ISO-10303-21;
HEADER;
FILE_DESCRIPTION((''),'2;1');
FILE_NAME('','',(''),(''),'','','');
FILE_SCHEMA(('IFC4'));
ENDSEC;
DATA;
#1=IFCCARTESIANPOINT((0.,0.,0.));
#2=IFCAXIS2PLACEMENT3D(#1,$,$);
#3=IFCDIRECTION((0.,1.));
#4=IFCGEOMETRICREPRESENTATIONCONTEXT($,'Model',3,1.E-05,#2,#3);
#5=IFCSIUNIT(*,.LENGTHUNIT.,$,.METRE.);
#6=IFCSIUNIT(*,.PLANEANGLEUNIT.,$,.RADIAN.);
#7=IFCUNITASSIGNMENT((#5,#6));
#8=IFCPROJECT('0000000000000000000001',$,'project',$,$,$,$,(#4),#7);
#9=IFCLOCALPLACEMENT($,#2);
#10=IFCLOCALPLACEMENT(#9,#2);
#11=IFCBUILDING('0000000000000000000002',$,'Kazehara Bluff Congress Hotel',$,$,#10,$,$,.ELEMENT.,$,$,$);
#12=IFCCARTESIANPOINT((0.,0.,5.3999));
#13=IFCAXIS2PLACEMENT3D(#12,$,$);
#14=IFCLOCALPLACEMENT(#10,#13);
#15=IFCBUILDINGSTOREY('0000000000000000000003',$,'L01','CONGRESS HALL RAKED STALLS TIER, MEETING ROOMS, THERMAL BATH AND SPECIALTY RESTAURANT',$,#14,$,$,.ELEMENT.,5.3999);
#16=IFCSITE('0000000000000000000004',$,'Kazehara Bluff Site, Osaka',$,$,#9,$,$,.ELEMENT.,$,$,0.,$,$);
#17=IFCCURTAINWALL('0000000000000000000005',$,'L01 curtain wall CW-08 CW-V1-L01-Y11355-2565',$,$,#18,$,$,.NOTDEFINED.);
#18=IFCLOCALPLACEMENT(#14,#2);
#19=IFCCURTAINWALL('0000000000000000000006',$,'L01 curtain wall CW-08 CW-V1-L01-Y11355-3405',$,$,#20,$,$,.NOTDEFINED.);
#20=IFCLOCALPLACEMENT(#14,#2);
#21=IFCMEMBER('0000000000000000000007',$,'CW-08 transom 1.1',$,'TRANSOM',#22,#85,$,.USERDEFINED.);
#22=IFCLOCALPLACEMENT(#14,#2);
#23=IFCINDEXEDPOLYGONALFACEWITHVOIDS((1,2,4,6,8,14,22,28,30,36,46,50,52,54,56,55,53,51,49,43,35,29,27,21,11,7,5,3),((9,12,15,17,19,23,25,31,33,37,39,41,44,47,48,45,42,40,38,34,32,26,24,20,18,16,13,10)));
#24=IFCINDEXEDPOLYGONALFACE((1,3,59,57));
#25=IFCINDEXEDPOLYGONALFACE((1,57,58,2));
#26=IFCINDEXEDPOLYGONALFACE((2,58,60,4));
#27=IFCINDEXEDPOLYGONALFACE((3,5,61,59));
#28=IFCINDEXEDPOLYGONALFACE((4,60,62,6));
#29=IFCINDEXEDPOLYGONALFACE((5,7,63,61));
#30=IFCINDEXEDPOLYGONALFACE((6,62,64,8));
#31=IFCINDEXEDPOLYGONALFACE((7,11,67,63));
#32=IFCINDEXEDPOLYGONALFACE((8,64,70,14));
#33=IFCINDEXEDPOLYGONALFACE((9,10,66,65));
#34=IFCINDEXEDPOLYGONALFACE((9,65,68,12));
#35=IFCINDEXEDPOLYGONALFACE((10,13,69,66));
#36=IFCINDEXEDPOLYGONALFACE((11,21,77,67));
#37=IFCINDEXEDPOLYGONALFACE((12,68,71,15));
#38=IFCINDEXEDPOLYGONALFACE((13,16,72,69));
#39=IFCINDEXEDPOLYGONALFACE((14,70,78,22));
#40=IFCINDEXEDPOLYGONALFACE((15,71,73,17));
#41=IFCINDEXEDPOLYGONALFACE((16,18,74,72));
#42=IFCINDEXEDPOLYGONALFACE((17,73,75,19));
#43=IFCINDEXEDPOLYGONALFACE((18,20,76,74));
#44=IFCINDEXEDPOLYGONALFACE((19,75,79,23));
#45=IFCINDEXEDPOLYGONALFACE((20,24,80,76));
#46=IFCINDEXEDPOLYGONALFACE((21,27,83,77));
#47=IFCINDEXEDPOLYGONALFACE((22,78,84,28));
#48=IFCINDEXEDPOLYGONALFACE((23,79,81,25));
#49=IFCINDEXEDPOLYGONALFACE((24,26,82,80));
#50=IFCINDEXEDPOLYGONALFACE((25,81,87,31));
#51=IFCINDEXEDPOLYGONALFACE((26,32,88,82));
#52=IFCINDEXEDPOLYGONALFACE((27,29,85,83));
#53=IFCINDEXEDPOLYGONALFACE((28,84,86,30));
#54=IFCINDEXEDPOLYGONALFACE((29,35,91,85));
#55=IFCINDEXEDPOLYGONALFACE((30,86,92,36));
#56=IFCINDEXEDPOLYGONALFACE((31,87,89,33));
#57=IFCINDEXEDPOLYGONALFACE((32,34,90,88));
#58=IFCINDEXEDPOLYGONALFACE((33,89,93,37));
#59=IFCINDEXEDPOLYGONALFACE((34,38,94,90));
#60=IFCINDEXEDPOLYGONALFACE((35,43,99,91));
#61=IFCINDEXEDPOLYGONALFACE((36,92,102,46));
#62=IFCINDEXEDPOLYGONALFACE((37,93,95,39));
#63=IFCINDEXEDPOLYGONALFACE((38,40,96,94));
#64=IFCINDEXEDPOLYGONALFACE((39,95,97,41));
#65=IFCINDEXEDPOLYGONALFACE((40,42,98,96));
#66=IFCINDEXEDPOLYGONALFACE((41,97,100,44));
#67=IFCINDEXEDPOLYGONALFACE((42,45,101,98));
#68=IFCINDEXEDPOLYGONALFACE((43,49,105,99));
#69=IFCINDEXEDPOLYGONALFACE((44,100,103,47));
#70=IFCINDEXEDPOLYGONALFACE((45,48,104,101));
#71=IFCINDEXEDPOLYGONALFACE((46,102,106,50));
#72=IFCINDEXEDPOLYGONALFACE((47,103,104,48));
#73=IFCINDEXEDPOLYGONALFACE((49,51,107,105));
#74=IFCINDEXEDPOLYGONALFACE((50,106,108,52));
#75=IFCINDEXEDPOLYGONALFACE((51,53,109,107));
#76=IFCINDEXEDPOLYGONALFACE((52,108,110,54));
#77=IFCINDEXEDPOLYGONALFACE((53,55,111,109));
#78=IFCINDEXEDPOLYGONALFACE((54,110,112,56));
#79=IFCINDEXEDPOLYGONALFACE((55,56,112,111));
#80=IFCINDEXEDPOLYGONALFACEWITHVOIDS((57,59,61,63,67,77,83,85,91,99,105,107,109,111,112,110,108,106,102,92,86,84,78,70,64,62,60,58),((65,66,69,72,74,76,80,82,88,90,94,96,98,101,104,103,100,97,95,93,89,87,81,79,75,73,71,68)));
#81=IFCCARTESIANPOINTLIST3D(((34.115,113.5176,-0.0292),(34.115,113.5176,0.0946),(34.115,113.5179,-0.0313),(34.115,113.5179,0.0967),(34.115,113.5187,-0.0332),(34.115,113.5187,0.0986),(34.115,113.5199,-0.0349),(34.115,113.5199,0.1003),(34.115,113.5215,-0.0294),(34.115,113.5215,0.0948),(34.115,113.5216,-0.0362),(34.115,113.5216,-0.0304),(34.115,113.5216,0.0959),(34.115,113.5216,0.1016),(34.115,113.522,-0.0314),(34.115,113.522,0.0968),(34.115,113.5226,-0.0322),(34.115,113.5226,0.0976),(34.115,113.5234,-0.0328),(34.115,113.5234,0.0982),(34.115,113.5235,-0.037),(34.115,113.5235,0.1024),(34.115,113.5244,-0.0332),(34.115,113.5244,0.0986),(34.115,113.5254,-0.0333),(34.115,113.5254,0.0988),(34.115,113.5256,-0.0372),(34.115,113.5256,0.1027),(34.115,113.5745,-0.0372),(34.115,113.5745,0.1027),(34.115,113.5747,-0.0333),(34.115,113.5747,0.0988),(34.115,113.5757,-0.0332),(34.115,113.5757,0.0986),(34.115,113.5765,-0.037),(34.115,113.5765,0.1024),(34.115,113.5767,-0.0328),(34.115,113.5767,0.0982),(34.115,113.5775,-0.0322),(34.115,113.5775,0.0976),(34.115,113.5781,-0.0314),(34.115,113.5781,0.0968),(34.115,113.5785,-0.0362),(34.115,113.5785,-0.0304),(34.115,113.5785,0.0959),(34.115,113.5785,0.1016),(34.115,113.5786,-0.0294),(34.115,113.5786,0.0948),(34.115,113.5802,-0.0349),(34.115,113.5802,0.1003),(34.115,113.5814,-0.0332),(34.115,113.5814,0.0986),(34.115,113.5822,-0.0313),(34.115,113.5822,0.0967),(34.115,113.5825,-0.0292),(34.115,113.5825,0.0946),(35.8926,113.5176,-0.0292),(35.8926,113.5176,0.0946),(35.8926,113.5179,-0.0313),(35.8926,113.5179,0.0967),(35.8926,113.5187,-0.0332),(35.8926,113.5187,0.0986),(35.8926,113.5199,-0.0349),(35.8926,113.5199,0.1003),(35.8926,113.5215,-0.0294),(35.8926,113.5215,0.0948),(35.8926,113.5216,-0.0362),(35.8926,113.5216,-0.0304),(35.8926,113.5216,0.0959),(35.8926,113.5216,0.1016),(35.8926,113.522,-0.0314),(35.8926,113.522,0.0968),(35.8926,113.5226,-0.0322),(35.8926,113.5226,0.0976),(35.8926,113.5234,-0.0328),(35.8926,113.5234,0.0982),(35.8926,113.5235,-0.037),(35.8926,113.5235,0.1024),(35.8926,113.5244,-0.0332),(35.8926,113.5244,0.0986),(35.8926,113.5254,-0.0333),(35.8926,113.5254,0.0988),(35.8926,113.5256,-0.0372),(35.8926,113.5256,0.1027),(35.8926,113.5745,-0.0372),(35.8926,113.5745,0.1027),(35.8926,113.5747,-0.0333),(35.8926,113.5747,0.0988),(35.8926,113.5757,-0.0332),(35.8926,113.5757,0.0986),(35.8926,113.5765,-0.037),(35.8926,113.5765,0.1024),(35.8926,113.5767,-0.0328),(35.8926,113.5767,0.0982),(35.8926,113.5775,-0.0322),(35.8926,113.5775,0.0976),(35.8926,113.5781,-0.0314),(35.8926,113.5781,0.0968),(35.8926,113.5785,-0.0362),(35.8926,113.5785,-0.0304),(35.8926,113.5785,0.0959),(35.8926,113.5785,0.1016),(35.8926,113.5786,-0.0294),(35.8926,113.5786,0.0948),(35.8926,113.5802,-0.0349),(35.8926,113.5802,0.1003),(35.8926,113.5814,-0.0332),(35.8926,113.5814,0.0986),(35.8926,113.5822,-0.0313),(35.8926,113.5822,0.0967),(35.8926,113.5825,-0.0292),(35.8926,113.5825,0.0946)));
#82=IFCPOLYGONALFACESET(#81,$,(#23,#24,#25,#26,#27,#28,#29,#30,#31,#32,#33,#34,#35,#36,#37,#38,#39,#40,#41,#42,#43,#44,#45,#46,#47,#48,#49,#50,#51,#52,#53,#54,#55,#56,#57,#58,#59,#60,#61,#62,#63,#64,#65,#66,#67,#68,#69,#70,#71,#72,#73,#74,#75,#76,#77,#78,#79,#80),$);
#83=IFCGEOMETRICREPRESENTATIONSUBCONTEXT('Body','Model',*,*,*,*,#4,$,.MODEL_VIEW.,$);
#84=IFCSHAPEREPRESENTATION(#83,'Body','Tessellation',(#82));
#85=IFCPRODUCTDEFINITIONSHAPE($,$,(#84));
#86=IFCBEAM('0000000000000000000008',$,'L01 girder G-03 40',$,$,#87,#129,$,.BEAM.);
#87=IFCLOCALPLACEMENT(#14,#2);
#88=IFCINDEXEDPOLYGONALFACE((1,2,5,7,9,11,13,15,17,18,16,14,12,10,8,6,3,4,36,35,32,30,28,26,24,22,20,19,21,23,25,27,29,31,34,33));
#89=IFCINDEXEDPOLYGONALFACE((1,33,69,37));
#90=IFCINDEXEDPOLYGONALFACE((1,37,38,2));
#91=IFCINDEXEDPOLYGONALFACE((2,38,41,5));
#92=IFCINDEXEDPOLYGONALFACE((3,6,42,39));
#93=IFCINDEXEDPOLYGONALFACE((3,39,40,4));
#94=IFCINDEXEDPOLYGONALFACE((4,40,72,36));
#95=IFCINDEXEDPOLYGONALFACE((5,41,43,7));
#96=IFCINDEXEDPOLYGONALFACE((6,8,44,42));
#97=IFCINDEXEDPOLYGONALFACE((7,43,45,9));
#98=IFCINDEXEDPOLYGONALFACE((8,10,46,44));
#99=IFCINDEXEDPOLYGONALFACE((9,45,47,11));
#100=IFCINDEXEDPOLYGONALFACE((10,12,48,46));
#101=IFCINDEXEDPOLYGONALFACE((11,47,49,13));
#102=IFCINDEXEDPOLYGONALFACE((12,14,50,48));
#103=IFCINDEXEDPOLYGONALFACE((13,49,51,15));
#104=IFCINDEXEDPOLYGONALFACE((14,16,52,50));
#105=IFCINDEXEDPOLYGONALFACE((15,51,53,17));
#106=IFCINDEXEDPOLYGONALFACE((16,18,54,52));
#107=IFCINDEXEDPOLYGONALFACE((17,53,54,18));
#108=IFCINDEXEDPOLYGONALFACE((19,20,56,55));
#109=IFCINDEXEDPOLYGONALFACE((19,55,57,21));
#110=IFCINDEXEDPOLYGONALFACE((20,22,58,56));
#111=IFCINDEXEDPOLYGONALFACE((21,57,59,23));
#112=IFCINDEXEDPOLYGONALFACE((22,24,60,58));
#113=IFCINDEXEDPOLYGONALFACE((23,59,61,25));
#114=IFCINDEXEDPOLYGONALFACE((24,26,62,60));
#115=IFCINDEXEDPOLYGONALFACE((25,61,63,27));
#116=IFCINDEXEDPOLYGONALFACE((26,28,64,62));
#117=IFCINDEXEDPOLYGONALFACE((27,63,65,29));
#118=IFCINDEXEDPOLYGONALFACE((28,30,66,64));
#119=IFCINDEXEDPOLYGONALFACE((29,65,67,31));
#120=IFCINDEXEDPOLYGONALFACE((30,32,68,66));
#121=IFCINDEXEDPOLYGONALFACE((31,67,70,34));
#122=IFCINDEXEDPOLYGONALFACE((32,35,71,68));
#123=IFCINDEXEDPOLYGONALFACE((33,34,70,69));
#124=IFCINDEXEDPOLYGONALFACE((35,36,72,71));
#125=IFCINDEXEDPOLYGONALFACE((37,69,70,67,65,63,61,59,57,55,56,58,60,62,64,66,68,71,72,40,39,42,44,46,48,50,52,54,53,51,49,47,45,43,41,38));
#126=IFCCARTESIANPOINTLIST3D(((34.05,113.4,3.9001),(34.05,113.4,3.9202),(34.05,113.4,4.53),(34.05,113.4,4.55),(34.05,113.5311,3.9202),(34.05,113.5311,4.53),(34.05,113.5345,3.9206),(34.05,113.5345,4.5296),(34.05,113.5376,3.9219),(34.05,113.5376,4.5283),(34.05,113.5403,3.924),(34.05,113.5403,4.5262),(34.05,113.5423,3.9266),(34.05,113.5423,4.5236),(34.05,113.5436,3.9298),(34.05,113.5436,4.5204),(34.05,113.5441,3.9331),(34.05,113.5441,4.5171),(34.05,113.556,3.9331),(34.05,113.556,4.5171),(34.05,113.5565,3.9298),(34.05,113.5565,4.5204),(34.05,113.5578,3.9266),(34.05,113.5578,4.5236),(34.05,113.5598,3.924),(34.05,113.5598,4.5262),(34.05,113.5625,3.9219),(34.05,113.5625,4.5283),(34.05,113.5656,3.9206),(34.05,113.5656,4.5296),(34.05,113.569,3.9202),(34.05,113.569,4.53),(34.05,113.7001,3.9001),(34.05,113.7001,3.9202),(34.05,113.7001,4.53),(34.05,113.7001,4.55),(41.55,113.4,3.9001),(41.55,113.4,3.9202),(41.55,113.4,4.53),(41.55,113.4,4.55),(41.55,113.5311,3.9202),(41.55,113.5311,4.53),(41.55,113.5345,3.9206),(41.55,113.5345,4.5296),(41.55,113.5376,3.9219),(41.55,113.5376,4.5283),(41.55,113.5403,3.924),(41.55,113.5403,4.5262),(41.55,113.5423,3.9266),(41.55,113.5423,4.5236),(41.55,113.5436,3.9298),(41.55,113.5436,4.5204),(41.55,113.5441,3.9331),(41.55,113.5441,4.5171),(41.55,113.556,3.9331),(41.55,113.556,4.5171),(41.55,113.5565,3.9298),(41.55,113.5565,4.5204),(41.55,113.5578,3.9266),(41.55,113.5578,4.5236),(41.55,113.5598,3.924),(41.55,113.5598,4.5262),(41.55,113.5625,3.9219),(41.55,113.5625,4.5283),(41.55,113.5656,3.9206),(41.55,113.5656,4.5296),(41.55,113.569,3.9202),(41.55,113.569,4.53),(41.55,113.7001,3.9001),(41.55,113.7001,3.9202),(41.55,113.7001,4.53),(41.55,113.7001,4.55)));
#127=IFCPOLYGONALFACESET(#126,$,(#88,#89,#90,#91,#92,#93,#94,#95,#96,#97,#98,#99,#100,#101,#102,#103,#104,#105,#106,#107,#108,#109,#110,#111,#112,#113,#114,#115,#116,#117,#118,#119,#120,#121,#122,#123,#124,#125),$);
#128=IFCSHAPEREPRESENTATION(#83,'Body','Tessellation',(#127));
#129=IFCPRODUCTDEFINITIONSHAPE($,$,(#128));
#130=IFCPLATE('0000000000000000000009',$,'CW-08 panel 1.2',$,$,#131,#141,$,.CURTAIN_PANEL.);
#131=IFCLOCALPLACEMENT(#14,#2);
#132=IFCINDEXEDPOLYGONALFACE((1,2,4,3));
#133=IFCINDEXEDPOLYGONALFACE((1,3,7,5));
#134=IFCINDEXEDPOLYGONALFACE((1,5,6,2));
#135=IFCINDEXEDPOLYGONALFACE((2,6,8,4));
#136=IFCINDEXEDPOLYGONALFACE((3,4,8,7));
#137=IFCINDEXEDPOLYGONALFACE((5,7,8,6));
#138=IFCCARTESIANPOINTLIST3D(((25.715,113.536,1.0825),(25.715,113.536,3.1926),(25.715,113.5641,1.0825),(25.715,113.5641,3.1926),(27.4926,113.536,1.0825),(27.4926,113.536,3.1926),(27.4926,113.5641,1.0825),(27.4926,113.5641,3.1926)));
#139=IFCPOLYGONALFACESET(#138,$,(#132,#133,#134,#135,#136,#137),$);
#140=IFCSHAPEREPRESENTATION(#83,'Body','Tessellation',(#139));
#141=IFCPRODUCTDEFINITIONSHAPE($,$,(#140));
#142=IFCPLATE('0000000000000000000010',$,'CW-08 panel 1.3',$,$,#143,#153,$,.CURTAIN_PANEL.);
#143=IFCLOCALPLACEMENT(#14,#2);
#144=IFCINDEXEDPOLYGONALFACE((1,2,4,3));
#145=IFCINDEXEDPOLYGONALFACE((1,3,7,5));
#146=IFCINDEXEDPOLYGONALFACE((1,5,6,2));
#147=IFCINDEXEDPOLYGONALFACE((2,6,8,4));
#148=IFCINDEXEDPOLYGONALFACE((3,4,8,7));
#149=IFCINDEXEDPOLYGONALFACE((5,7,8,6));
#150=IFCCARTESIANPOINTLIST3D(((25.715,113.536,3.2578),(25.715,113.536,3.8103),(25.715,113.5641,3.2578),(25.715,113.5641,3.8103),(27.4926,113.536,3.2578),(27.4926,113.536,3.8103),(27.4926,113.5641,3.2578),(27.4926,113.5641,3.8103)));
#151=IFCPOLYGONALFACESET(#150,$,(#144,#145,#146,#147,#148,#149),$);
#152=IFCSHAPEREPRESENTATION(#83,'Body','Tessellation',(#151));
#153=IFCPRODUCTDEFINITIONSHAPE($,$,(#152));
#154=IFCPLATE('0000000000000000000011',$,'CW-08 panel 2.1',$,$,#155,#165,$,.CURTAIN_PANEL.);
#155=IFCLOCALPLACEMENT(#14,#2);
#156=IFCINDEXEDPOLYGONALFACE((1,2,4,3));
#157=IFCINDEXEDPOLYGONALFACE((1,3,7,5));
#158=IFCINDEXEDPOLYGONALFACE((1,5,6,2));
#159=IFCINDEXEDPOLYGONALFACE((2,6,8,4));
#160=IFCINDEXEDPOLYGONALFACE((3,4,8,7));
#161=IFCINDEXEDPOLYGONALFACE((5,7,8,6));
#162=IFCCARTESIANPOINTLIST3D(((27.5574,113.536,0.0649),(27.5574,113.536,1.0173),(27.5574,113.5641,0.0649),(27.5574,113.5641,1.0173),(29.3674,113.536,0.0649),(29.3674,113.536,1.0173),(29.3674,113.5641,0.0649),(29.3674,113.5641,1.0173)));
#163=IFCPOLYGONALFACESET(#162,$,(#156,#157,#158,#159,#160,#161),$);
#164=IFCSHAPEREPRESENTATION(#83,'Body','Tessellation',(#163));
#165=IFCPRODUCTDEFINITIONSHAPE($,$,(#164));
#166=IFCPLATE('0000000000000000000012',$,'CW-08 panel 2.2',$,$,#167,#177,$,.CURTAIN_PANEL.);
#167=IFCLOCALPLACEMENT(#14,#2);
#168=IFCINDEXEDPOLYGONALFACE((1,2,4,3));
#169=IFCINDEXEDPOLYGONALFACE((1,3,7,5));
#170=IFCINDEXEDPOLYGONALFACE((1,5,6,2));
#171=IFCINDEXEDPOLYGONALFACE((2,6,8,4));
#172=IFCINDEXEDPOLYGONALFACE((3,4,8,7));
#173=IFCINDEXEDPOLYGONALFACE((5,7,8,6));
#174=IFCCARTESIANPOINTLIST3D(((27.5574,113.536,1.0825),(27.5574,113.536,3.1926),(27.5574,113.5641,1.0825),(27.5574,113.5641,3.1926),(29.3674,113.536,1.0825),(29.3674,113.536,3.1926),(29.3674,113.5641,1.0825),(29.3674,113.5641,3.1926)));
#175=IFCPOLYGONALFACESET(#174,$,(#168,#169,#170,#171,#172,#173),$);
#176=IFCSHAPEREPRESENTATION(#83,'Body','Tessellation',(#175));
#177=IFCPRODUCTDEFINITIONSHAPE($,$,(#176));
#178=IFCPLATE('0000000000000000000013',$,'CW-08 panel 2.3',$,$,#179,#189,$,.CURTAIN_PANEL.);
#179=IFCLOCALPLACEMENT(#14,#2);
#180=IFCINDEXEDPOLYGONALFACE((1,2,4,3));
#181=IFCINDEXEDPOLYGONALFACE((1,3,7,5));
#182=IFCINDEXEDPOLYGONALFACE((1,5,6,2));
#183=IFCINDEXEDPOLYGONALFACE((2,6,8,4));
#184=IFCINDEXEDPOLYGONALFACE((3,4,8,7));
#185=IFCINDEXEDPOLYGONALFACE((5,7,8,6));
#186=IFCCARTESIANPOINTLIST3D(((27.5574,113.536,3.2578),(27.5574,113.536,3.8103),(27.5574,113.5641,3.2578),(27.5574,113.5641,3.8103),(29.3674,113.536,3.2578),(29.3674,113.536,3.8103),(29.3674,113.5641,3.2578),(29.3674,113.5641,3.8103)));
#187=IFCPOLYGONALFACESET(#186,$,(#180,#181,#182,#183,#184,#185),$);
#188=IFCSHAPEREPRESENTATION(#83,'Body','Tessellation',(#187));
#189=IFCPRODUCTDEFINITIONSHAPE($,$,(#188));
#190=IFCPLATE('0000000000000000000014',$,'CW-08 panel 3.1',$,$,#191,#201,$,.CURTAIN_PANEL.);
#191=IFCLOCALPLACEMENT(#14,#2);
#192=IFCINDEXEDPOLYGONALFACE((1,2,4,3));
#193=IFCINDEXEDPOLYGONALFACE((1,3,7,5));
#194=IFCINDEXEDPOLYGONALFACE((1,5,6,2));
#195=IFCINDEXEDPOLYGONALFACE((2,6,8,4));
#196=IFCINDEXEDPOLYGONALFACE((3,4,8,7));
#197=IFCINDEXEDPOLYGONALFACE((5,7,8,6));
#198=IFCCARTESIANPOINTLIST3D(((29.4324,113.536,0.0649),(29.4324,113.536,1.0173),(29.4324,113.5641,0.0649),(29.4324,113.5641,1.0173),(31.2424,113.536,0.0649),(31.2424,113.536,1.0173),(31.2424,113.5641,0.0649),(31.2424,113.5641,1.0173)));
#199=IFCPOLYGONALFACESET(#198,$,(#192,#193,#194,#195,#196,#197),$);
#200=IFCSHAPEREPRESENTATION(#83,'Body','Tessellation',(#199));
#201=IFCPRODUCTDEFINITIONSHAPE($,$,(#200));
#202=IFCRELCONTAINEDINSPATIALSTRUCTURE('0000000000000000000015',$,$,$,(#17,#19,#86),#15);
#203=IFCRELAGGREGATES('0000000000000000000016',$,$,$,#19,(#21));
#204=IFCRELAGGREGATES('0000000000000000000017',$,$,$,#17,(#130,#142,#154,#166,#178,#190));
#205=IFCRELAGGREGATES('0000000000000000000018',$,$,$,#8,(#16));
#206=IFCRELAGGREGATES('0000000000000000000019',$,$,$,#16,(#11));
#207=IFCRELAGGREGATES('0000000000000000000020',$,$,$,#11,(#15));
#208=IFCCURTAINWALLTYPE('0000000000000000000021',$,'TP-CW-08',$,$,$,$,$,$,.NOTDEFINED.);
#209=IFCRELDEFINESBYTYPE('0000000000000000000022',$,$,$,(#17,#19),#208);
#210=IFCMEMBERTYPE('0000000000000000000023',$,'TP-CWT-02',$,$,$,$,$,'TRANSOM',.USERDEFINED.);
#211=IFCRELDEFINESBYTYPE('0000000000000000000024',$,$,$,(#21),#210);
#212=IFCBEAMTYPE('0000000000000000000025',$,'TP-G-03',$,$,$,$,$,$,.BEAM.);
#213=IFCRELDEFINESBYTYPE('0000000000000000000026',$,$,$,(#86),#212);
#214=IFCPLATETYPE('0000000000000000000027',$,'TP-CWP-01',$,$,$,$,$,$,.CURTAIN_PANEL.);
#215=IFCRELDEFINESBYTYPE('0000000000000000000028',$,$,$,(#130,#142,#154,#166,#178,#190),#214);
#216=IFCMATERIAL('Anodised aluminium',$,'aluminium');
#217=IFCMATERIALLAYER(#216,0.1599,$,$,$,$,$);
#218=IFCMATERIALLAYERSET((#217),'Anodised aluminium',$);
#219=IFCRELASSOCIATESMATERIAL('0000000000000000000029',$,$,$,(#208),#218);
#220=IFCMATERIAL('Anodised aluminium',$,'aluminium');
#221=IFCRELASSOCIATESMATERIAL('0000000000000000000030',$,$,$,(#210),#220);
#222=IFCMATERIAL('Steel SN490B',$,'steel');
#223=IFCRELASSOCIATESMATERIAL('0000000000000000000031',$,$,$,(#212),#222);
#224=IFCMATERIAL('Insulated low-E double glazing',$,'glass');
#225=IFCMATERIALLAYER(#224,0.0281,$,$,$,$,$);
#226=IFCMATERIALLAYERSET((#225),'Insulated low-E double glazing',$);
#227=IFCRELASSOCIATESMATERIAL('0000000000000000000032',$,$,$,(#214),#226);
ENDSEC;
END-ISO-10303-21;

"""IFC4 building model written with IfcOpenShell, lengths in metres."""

from ifc_helpers import new_model, si_unit, direction, frame, origin, origin_2d, place, context, subcontext, project, spatial, rectangle, hollow_rectangle, i_section, extrude, material, layer, layer_set, material_profile, profile_set, type_object, element, aggregate, save


model = new_model("IFC4")

# Units and contexts
model_context = context("Model", 3, precision=1e-05, world=origin(), true_north=direction((0.0, 1.0)))
body_context = subcontext(model_context, "Body", "Model", "MODEL_VIEW")
ifc_project = project(units=[si_unit("LENGTHUNIT", "METRE"), si_unit("PLANEANGLEUNIT", "RADIAN")], contexts=[model_context])

# Site, building, storey
site_placement = place(None, origin())
site = spatial("IfcSite", under=ifc_project, at=site_placement, Name="Kazehara Bluff Site, Osaka", CompositionType="ELEMENT", RefElevation=0.0)
building_placement = place(site_placement, origin())
building = spatial("IfcBuilding", under=site, at=building_placement, Name="Kazehara Bluff Congress Hotel", CompositionType="ELEMENT")
storey_placement = place(building_placement, frame((0.0, 0.0, 5.3999)))
storey = spatial("IfcBuildingStorey", under=building, at=storey_placement, Name="L01", Description="CONGRESS HALL RAKED STALLS TIER, MEETING ROOMS, THERMAL BATH AND SPECIALTY RESTAURANT", CompositionType="ELEMENT", Elevation=5.3999)

# Curtain wall
ifc_material_1 = material(Name="Anodised aluminium", Category="aluminium")
ifc_layer_1 = layer(ifc_material_1, 0.1599)
ifc_layer_set_1 = layer_set([ifc_layer_1], Name="Anodised aluminium")
curtain_wall_type = type_object("IfcCurtainWallType", Name="TP-CW-08", PredefinedType="NOTDEFINED", material=ifc_layer_set_1)
curtain_wall_1_placement = place(storey_placement, origin())
curtain_wall_1 = element("IfcCurtainWall", 1, at=curtain_wall_1_placement, inside=storey, type_object=curtain_wall_type, Name="L01 curtain wall CW-08 CW-V1-L01-Y11355-2565", PredefinedType="NOTDEFINED")

# Curtain wall
curtain_wall_2_placement = place(storey_placement, origin())
curtain_wall_2 = element("IfcCurtainWall", 2, at=curtain_wall_2_placement, inside=storey, type_object=curtain_wall_type, Name="L01 curtain wall CW-08 CW-V1-L01-Y11355-3405", PredefinedType="NOTDEFINED")

# Member
ifc_material_2 = material(Name="Anodised aluminium", Category="aluminium")
ifc_material_profile_1 = material_profile(ifc_material_2, hollow_rectangle(XDim=0.0649, YDim=0.1399, WallThickness=0.0039, InnerFilletRadius=0.0039, OuterFilletRadius=0.0081, at=origin_2d()))
ifc_profile_set_1 = profile_set([ifc_material_profile_1], Name="Anodised aluminium")
member_type_1 = type_object("IfcMemberType", Name="TP-CWT-02", ElementType="TRANSOM", PredefinedType="USERDEFINED", material=ifc_profile_set_1)
member_1_placement = place(storey_placement, frame((34.115, 113.55, 0.0327), z_axis=(1.0, 0.0, 0.0), x_axis=(0.0, 1.0, 0.0)))
member_1 = element("IfcMember", 3, at=member_1_placement, type_object=member_type_1, Name="CW-08 transom 1.1", ObjectType="TRANSOM", PredefinedType="USERDEFINED", context=body_context, shape_type="SweptSolid", body=[
    extrude(hollow_rectangle(XDim=0.0649, YDim=0.1399, WallThickness=0.0039, InnerFilletRadius=0.0039, OuterFilletRadius=0.0081, at=origin_2d()), origin(), (0.0, 0.0, 1.0), 1.7776),
])
aggregate(curtain_wall_2, [member_1])

# Beam
ifc_material_3 = material(Name="Steel SN490B", Category="steel")
ifc_material_profile_2 = material_profile(ifc_material_3, i_section(OverallWidth=0.3, OverallDepth=0.6499, WebThickness=0.012, FlangeThickness=0.02, FilletRadius=0.0129, at=origin_2d()))
ifc_profile_set_2 = profile_set([ifc_material_profile_2], Name="Steel SN490B")
beam_type = type_object("IfcBeamType", Name="TP-G-03", PredefinedType="BEAM", material=ifc_profile_set_2)
beam_placement = place(storey_placement, frame((34.05, 113.55, 4.2251), z_axis=(1.0, 0.0, 0.0), x_axis=(0.0, 1.0, 0.0)))
element("IfcBeam", 4, at=beam_placement, inside=storey, type_object=beam_type, Name="L01 girder G-03 40", PredefinedType="BEAM", context=body_context, shape_type="SweptSolid", body=[
    extrude(i_section(OverallWidth=0.3, OverallDepth=0.6499, WebThickness=0.012, FlangeThickness=0.02, FilletRadius=0.0129, at=origin_2d()), origin(), (0.0, 0.0, 1.0), 7.5),
])

# Plates
ifc_material_4 = material(Name="Insulated low-E double glazing", Category="glass")
ifc_layer_2 = layer(ifc_material_4, 0.0281)
ifc_layer_set_2 = layer_set([ifc_layer_2], Name="Insulated low-E double glazing")
plate_type = type_object("IfcPlateType", Name="TP-CWP-01", PredefinedType="CURTAIN_PANEL", material=ifc_layer_set_2)
plate_1_placement = place(storey_placement, frame((26.6038, 113.55, 1.0825), z_axis=(0.0, 0.0, 1.0), x_axis=(1.0, 0.0, 0.0)))
plate_1 = element("IfcPlate", 5, at=plate_1_placement, type_object=plate_type, Name="CW-08 panel 1.2", PredefinedType="CURTAIN_PANEL", context=body_context, shape_type="SweptSolid", body=[
    extrude(rectangle(XDim=1.7776, YDim=0.0281, at=origin_2d()), origin(), (0.0, 0.0, 1.0), 2.1101),
])
plate_2_placement = place(storey_placement, frame((26.6038, 113.55, 3.2578), z_axis=(0.0, 0.0, 1.0), x_axis=(1.0, 0.0, 0.0)))
plate_2 = element("IfcPlate", 6, at=plate_2_placement, type_object=plate_type, Name="CW-08 panel 1.3", PredefinedType="CURTAIN_PANEL", context=body_context, shape_type="SweptSolid", body=[
    extrude(rectangle(XDim=1.7776, YDim=0.0281, at=origin_2d()), origin(), (0.0, 0.0, 1.0), 0.5525),
])
plate_3_placement = place(storey_placement, frame((28.4624, 113.55, 0.0649), z_axis=(0.0, 0.0, 1.0), x_axis=(1.0, 0.0, 0.0)))
plate_3 = element("IfcPlate", 7, at=plate_3_placement, type_object=plate_type, Name="CW-08 panel 2.1", PredefinedType="CURTAIN_PANEL", context=body_context, shape_type="SweptSolid", body=[
    extrude(rectangle(XDim=1.8101, YDim=0.0281, at=origin_2d()), origin(), (0.0, 0.0, 1.0), 0.9524),
])
plate_4_placement = place(storey_placement, frame((28.4624, 113.55, 1.0825), z_axis=(0.0, 0.0, 1.0), x_axis=(1.0, 0.0, 0.0)))
plate_4 = element("IfcPlate", 8, at=plate_4_placement, type_object=plate_type, Name="CW-08 panel 2.2", PredefinedType="CURTAIN_PANEL", context=body_context, shape_type="SweptSolid", body=[
    extrude(rectangle(XDim=1.8101, YDim=0.0281, at=origin_2d()), origin(), (0.0, 0.0, 1.0), 2.1101),
])
plate_5_placement = place(storey_placement, frame((28.4624, 113.55, 3.2578), z_axis=(0.0, 0.0, 1.0), x_axis=(1.0, 0.0, 0.0)))
plate_5 = element("IfcPlate", 9, at=plate_5_placement, type_object=plate_type, Name="CW-08 panel 2.3", PredefinedType="CURTAIN_PANEL", context=body_context, shape_type="SweptSolid", body=[
    extrude(rectangle(XDim=1.8101, YDim=0.0281, at=origin_2d()), origin(), (0.0, 0.0, 1.0), 0.5525),
])
plate_6_placement = place(storey_placement, frame((30.3374, 113.55, 0.0649), z_axis=(0.0, 0.0, 1.0), x_axis=(1.0, 0.0, 0.0)))
plate_6 = element("IfcPlate", 10, at=plate_6_placement, type_object=plate_type, Name="CW-08 panel 3.1", PredefinedType="CURTAIN_PANEL", context=body_context, shape_type="SweptSolid", body=[
    extrude(rectangle(XDim=1.8101, YDim=0.0281, at=origin_2d()), origin(), (0.0, 0.0, 1.0), 0.9524),
])
aggregate(curtain_wall_1, [plate_1, plate_2, plate_3, plate_4, plate_5, plate_6])

save(model, "model.ifc")
